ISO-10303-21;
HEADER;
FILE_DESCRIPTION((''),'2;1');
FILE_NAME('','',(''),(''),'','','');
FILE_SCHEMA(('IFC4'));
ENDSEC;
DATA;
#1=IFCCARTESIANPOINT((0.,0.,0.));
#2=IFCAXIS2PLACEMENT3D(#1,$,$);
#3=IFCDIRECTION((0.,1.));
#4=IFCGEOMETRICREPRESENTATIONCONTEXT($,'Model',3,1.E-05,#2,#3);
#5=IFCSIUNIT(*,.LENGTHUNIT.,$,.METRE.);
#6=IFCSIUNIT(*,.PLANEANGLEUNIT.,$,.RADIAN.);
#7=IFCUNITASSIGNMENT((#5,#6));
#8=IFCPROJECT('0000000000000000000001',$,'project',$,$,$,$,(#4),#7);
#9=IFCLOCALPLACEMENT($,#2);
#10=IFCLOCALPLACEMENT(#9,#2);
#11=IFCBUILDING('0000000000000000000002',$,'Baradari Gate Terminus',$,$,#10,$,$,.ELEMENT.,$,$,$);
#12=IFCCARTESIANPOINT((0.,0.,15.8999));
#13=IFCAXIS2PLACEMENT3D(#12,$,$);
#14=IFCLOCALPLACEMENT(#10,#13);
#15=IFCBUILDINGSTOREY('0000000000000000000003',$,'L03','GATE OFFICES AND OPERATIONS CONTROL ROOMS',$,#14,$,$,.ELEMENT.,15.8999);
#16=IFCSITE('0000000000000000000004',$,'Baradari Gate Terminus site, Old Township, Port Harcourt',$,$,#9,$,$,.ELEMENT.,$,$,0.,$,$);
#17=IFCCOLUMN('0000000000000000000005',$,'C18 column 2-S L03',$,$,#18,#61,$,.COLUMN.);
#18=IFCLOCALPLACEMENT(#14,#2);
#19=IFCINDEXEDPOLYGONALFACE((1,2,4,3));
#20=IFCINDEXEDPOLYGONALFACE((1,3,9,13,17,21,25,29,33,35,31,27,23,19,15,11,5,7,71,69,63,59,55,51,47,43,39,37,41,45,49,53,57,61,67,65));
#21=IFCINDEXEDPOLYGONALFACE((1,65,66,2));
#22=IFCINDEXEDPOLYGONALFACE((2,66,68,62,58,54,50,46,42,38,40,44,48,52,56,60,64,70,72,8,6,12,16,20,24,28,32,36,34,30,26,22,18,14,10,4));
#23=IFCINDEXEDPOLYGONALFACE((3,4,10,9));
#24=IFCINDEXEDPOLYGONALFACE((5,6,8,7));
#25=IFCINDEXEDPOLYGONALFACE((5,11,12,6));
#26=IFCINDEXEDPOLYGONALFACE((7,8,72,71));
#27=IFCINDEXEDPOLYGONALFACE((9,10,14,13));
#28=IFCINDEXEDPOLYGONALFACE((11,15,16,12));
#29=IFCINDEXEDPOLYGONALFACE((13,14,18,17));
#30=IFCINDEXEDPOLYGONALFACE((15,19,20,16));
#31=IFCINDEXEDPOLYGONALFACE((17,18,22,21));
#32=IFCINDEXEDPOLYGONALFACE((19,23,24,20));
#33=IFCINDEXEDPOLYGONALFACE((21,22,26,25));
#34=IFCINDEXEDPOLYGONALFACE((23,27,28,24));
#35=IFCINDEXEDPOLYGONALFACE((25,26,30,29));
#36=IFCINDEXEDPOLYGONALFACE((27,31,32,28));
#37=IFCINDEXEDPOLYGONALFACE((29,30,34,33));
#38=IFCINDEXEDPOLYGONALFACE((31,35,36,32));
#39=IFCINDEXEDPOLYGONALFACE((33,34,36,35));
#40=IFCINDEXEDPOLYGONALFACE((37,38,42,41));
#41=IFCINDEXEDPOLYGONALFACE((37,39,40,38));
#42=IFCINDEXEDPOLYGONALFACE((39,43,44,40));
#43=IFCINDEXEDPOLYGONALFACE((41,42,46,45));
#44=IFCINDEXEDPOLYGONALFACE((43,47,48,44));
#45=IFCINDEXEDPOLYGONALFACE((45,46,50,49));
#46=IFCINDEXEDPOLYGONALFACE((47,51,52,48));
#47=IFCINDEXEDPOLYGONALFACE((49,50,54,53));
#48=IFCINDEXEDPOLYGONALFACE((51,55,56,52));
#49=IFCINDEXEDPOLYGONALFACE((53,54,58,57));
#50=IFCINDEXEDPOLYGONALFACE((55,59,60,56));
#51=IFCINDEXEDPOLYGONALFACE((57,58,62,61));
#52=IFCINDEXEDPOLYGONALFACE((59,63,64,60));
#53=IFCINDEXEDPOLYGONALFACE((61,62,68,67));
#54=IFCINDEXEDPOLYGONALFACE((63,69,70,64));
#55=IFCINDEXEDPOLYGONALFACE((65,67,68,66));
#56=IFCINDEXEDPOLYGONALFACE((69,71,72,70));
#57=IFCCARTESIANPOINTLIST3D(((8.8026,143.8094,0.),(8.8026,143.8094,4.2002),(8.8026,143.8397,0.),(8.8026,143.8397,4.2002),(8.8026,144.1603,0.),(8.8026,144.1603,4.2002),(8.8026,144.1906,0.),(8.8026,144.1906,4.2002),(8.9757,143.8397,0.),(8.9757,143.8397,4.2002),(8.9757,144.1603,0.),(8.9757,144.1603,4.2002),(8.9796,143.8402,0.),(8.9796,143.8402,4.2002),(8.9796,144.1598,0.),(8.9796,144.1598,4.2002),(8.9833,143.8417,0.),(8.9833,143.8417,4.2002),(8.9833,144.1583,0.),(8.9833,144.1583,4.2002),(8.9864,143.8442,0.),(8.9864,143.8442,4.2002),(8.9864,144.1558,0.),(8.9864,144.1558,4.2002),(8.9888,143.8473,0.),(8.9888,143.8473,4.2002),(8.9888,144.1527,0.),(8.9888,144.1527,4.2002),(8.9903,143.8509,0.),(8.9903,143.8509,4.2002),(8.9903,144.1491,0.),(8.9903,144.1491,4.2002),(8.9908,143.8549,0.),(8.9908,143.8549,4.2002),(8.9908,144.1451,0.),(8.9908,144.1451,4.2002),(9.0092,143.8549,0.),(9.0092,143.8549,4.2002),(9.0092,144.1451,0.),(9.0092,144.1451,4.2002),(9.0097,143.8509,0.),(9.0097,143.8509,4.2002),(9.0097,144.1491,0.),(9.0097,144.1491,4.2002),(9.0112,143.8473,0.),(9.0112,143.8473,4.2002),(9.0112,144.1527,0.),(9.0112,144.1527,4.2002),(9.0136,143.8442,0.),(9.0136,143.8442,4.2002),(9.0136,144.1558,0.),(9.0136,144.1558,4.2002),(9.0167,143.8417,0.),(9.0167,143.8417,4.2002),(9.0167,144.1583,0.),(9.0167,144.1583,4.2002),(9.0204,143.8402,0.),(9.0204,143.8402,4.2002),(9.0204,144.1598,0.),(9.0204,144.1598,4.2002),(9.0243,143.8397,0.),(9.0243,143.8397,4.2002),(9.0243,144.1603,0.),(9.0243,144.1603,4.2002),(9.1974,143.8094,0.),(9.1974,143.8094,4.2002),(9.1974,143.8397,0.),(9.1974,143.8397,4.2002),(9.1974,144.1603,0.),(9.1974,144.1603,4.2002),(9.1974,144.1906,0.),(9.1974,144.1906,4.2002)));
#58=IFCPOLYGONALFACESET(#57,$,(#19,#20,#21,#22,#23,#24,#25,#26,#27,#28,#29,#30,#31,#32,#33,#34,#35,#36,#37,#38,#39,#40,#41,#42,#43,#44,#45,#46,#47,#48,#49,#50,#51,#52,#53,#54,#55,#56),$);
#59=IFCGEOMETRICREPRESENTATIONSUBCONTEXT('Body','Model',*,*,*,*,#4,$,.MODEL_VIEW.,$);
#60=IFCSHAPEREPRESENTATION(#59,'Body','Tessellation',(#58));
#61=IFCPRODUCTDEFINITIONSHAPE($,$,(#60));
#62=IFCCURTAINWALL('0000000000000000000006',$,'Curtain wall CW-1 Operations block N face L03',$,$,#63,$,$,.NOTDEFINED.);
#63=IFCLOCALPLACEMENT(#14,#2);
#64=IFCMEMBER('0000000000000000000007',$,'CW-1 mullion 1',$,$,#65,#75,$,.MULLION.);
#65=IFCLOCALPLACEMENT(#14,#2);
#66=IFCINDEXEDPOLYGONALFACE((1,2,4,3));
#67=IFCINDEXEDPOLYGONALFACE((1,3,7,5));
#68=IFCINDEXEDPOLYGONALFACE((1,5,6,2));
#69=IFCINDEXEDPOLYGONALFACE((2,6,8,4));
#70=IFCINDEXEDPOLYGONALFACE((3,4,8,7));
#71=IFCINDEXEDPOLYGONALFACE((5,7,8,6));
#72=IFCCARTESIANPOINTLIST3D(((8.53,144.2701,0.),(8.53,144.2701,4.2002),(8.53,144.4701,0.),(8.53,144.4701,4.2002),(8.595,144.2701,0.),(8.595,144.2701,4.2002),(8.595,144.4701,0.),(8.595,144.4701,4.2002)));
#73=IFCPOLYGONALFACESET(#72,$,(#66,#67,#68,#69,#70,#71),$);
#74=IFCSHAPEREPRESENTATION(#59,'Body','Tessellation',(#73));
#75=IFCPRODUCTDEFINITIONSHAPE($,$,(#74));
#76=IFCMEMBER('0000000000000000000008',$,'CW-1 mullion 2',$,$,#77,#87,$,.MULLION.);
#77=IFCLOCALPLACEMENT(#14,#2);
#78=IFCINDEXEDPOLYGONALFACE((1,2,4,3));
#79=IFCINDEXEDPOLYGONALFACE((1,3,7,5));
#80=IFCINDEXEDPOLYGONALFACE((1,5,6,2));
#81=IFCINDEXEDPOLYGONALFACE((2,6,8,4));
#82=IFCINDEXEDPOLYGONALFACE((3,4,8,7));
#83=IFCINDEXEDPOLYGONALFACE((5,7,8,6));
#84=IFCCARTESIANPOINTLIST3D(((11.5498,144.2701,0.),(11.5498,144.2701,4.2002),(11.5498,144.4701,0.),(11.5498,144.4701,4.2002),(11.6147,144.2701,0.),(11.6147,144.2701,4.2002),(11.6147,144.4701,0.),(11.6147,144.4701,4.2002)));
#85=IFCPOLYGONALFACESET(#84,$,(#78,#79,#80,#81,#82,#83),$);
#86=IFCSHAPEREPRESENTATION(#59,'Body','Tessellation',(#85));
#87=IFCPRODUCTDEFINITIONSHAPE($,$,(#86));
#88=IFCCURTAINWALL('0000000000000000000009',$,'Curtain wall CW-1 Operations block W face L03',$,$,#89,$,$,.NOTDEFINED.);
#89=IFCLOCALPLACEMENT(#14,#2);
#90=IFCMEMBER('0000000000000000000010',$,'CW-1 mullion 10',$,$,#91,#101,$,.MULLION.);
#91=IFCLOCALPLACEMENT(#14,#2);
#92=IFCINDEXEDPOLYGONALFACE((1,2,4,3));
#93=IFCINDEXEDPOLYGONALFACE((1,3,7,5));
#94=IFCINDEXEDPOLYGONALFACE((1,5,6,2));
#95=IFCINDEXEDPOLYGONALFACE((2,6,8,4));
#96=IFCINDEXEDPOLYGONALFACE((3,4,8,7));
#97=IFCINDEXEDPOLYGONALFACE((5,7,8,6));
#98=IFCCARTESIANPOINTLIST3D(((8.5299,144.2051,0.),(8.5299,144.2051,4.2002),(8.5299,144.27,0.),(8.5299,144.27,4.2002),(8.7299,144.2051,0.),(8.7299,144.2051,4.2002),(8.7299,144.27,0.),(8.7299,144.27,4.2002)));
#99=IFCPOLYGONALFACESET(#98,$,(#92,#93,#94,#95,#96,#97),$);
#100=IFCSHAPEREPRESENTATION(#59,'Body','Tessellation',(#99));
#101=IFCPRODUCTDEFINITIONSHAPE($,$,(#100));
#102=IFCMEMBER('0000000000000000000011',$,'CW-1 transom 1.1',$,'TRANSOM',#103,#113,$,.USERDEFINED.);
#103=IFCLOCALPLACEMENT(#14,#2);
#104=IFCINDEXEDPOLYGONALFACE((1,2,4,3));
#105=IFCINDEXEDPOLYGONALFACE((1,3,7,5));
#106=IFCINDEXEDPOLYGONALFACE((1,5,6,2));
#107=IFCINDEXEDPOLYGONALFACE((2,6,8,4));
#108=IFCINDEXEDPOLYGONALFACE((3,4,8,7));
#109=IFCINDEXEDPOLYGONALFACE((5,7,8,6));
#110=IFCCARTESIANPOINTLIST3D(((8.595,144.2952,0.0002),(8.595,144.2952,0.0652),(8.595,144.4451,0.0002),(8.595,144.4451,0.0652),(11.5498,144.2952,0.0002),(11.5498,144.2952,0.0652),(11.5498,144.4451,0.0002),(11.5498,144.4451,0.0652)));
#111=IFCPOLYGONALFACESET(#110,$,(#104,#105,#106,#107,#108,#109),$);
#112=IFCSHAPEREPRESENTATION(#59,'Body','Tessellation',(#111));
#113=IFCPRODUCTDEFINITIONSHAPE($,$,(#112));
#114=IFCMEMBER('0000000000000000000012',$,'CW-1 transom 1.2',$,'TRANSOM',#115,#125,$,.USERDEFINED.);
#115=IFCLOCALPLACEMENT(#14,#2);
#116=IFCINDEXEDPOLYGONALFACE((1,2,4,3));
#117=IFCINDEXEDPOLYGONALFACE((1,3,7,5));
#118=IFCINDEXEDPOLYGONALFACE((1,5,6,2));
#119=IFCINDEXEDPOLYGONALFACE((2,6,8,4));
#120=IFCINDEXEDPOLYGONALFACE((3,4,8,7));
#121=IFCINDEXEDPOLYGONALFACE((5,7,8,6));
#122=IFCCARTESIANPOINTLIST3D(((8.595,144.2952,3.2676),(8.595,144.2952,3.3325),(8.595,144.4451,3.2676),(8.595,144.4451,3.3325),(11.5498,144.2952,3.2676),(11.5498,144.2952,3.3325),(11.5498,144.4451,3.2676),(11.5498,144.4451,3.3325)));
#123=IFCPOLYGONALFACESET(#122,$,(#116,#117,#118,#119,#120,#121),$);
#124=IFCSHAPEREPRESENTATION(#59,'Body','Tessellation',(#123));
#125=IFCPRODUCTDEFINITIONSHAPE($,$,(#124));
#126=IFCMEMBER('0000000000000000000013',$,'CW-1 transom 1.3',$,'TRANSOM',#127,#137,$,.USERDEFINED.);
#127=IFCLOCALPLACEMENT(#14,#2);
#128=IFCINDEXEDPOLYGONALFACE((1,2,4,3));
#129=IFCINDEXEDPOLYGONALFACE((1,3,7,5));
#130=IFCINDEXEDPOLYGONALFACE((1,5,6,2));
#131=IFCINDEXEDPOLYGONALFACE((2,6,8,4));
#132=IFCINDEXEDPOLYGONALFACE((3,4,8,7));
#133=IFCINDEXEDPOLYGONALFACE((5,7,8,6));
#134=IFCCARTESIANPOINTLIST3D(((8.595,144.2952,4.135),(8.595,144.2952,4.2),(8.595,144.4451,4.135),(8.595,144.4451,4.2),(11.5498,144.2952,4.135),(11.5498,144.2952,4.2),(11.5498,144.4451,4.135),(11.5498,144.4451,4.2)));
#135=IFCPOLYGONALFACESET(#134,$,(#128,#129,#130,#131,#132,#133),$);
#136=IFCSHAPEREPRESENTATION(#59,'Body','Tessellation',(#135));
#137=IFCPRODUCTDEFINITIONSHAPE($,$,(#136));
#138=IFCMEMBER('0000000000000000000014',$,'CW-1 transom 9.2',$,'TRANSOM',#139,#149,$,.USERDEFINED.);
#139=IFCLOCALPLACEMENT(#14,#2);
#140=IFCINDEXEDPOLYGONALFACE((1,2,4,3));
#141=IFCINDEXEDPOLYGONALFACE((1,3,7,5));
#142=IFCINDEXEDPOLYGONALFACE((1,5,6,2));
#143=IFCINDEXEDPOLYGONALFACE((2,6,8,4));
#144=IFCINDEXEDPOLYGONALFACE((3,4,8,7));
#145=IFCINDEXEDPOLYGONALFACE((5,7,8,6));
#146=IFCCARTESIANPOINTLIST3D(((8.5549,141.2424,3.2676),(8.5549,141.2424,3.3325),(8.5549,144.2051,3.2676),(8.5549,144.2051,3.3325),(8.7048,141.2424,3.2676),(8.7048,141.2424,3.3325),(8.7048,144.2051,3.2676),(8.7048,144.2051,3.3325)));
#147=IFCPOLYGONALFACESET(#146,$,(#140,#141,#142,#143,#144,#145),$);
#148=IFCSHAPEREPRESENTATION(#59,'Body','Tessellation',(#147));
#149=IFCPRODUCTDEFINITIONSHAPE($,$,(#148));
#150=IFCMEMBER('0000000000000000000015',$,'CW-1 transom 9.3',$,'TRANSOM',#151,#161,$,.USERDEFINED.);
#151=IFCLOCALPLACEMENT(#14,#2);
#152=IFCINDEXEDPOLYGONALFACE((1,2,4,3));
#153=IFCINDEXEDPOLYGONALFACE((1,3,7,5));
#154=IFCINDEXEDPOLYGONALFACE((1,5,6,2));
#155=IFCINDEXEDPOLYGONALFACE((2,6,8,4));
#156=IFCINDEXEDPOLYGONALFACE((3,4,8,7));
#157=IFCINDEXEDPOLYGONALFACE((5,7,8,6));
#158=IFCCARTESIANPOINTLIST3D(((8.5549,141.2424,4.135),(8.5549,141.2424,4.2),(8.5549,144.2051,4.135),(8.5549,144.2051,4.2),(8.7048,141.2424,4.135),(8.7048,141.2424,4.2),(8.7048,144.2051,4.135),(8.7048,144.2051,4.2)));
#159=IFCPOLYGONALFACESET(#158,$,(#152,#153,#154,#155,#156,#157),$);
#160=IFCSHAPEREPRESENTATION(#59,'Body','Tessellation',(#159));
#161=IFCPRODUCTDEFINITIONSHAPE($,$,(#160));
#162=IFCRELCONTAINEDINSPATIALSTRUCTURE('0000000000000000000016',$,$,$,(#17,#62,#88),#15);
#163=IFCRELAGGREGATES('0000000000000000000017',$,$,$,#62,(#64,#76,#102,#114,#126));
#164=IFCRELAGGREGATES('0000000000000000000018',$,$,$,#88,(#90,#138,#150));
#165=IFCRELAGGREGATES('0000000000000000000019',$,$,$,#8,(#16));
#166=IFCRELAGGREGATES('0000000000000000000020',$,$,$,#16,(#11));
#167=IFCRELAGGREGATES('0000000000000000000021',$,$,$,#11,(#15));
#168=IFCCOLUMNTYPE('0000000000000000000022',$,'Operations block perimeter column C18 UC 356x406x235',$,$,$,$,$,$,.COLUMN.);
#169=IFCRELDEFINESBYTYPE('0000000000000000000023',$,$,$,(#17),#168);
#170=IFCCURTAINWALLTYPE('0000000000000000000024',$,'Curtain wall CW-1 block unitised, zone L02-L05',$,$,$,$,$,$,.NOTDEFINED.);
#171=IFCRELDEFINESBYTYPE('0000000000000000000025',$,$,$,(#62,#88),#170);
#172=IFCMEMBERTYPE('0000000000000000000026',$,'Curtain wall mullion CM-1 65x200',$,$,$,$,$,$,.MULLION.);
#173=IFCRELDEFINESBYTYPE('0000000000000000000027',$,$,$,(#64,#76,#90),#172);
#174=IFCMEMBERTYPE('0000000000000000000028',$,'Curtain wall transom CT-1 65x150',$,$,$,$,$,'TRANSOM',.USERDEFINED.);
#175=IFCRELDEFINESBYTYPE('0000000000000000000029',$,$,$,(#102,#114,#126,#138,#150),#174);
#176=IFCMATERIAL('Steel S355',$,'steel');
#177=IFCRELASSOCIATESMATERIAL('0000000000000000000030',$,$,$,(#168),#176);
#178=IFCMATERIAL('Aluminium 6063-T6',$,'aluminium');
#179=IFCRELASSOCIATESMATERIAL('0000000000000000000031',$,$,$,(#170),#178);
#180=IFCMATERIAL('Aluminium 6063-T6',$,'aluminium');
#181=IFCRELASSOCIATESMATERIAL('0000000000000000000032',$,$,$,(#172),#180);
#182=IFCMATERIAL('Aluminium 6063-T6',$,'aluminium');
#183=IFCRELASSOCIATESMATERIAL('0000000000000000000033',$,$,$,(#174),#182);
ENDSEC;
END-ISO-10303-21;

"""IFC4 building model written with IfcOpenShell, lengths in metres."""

from ifc_helpers import new_model, si_unit, direction, frame, origin, origin_2d, place, context, subcontext, project, spatial, rectangle, i_section, extrude, material, material_profile, profile_set, type_object, element, aggregate, save


model = new_model("IFC4")

# Units and contexts
model_context = context("Model", 3, precision=1e-05, world=origin(), true_north=direction((0.0, 1.0)))
body_context = subcontext(model_context, "Body", "Model", "MODEL_VIEW")
ifc_project = project(units=[si_unit("LENGTHUNIT", "METRE"), si_unit("PLANEANGLEUNIT", "RADIAN")], contexts=[model_context])

# Site, building, storey
site_placement = place(None, origin())
site = spatial("IfcSite", under=ifc_project, at=site_placement, Name="Baradari Gate Terminus site, Old Township, Port Harcourt", CompositionType="ELEMENT", RefElevation=0.0)
building_placement = place(site_placement, origin())
building = spatial("IfcBuilding", under=site, at=building_placement, Name="Baradari Gate Terminus", CompositionType="ELEMENT")
storey_placement = place(building_placement, frame((0.0, 0.0, 15.8999)))
storey = spatial("IfcBuildingStorey", under=building, at=storey_placement, Name="L03", Description="GATE OFFICES AND OPERATIONS CONTROL ROOMS", CompositionType="ELEMENT", Elevation=15.8999)

# Column
ifc_material_1 = material(Name="Steel S355", Category="steel")
ifc_material_profile_1 = material_profile(ifc_material_1, i_section(OverallWidth=0.3948, OverallDepth=0.3811, WebThickness=0.0183, FlangeThickness=0.0303, FilletRadius=0.0151, at=origin_2d()), Name="UC 356x406x235")
ifc_profile_set_1 = profile_set([ifc_material_profile_1], Name="Steel S355")
column_type = type_object("IfcColumnType", Name="Operations block perimeter column C18 UC 356x406x235", PredefinedType="COLUMN", material=ifc_profile_set_1)
column_placement = place(storey_placement, frame((9.0, 144.0, 0.0), z_axis=(0.0, 0.0, 1.0), x_axis=(1.0, 0.0, 0.0)))
element("IfcColumn", 1, at=column_placement, inside=storey, type_object=column_type, Name="C18 column 2-S L03", PredefinedType="COLUMN", context=body_context, shape_type="SweptSolid", body=[
    extrude(i_section(OverallWidth=0.3948, OverallDepth=0.3811, WebThickness=0.0183, FlangeThickness=0.0303, FilletRadius=0.0151, at=origin_2d()), origin(), (0.0, 0.0, 1.0), 4.2002),
])

# Curtain wall, members
ifc_material_2 = material(Name="Aluminium 6063-T6", Category="aluminium")
curtain_wall_type = type_object("IfcCurtainWallType", Name="Curtain wall CW-1 block unitised, zone L02-L05", PredefinedType="NOTDEFINED", material=ifc_material_2)
curtain_wall_1_placement = place(storey_placement, origin())
curtain_wall_1 = element("IfcCurtainWall", 2, at=curtain_wall_1_placement, inside=storey, type_object=curtain_wall_type, Name="Curtain wall CW-1 Operations block N face L03", PredefinedType="NOTDEFINED")
ifc_material_3 = material(Name="Aluminium 6063-T6", Category="aluminium")
ifc_material_profile_2 = material_profile(ifc_material_3, rectangle(XDim=0.2, YDim=0.0649, at=origin_2d()), Name="CM-1 65X200")
ifc_profile_set_2 = profile_set([ifc_material_profile_2], Name="Aluminium 6063-T6")
member_type_1 = type_object("IfcMemberType", Name="Curtain wall mullion CM-1 65x200", PredefinedType="MULLION", material=ifc_profile_set_2)
member_1_placement = place(storey_placement, frame((8.5625, 144.3701, 0.0), z_axis=(0.0, 0.0, 1.0), x_axis=(0.0, 1.0, 0.0)))
member_1 = element("IfcMember", 3, at=member_1_placement, type_object=member_type_1, Name="CW-1 mullion 1", PredefinedType="MULLION", context=body_context, shape_type="SweptSolid", body=[
    extrude(rectangle(XDim=0.2, YDim=0.0649, at=origin_2d()), origin(), (0.0, 0.0, 1.0), 4.2002),
])
member_2_placement = place(storey_placement, frame((11.5823, 144.3701, 0.0), z_axis=(0.0, 0.0, 1.0), x_axis=(0.0, 1.0, 0.0)))
member_2 = element("IfcMember", 4, at=member_2_placement, type_object=member_type_1, Name="CW-1 mullion 2", PredefinedType="MULLION", context=body_context, shape_type="SweptSolid", body=[
    extrude(rectangle(XDim=0.2, YDim=0.0649, at=origin_2d()), origin(), (0.0, 0.0, 1.0), 4.2002),
])

# Curtain wall, member
curtain_wall_2_placement = place(storey_placement, origin())
curtain_wall_2 = element("IfcCurtainWall", 5, at=curtain_wall_2_placement, inside=storey, type_object=curtain_wall_type, Name="Curtain wall CW-1 Operations block W face L03", PredefinedType="NOTDEFINED")
member_3_placement = place(storey_placement, frame((8.6299, 144.2375, 0.0), z_axis=(0.0, 0.0, 1.0), x_axis=(-1.0, 0.0, 0.0)))
member_3 = element("IfcMember", 6, at=member_3_placement, type_object=member_type_1, Name="CW-1 mullion 10", PredefinedType="MULLION", context=body_context, shape_type="SweptSolid", body=[
    extrude(rectangle(XDim=0.2, YDim=0.0649, at=origin_2d()), origin(), (0.0, 0.0, 1.0), 4.2002),
])

# Members
ifc_material_4 = material(Name="Aluminium 6063-T6", Category="aluminium")
ifc_material_profile_3 = material_profile(ifc_material_4, rectangle(XDim=0.1499, YDim=0.0649, at=origin_2d()), Name="CT-1 65X150")
ifc_profile_set_3 = profile_set([ifc_material_profile_3], Name="Aluminium 6063-T6")
member_type_2 = type_object("IfcMemberType", Name="Curtain wall transom CT-1 65x150", ElementType="TRANSOM", PredefinedType="USERDEFINED", material=ifc_profile_set_3)
member_4_placement = place(storey_placement, frame((8.595, 144.3701, 0.0327), z_axis=(1.0, 0.0, 0.0), x_axis=(0.0, 1.0, 0.0)))
member_4 = element("IfcMember", 7, at=member_4_placement, type_object=member_type_2, Name="CW-1 transom 1.1", ObjectType="TRANSOM", PredefinedType="USERDEFINED", context=body_context, shape_type="SweptSolid", body=[
    extrude(rectangle(XDim=0.1499, YDim=0.0649, at=origin_2d()), origin(), (0.0, 0.0, 1.0), 2.9548),
])
member_5_placement = place(storey_placement, frame((8.595, 144.3701, 3.3), z_axis=(1.0, 0.0, 0.0), x_axis=(0.0, 1.0, 0.0)))
member_5 = element("IfcMember", 8, at=member_5_placement, type_object=member_type_2, Name="CW-1 transom 1.2", ObjectType="TRANSOM", PredefinedType="USERDEFINED", context=body_context, shape_type="SweptSolid", body=[
    extrude(rectangle(XDim=0.1499, YDim=0.0649, at=origin_2d()), origin(), (0.0, 0.0, 1.0), 2.9548),
])
member_6_placement = place(storey_placement, frame((8.595, 144.3701, 4.1675), z_axis=(1.0, 0.0, 0.0), x_axis=(0.0, 1.0, 0.0)))
member_6 = element("IfcMember", 9, at=member_6_placement, type_object=member_type_2, Name="CW-1 transom 1.3", ObjectType="TRANSOM", PredefinedType="USERDEFINED", context=body_context, shape_type="SweptSolid", body=[
    extrude(rectangle(XDim=0.1499, YDim=0.0649, at=origin_2d()), origin(), (0.0, 0.0, 1.0), 2.9548),
])
member_7_placement = place(storey_placement, frame((8.6299, 141.2424, 3.3), z_axis=(0.0, 1.0, 0.0), x_axis=(-1.0, 0.0, 0.0)))
member_7 = element("IfcMember", 10, at=member_7_placement, type_object=member_type_2, Name="CW-1 transom 9.2", ObjectType="TRANSOM", PredefinedType="USERDEFINED", context=body_context, shape_type="SweptSolid", body=[
    extrude(rectangle(XDim=0.1499, YDim=0.0649, at=origin_2d()), origin(), (0.0, 0.0, 1.0), 2.9626),
])
member_8_placement = place(storey_placement, frame((8.6299, 141.2424, 4.1675), z_axis=(0.0, 1.0, 0.0), x_axis=(-1.0, 0.0, 0.0)))
member_8 = element("IfcMember", 11, at=member_8_placement, type_object=member_type_2, Name="CW-1 transom 9.3", ObjectType="TRANSOM", PredefinedType="USERDEFINED", context=body_context, shape_type="SweptSolid", body=[
    extrude(rectangle(XDim=0.1499, YDim=0.0649, at=origin_2d()), origin(), (0.0, 0.0, 1.0), 2.9626),
])

aggregate(curtain_wall_1, [member_1, member_2, member_4, member_5, member_6])
aggregate(curtain_wall_2, [member_3, member_7, member_8])

save(model, "model.ifc")
